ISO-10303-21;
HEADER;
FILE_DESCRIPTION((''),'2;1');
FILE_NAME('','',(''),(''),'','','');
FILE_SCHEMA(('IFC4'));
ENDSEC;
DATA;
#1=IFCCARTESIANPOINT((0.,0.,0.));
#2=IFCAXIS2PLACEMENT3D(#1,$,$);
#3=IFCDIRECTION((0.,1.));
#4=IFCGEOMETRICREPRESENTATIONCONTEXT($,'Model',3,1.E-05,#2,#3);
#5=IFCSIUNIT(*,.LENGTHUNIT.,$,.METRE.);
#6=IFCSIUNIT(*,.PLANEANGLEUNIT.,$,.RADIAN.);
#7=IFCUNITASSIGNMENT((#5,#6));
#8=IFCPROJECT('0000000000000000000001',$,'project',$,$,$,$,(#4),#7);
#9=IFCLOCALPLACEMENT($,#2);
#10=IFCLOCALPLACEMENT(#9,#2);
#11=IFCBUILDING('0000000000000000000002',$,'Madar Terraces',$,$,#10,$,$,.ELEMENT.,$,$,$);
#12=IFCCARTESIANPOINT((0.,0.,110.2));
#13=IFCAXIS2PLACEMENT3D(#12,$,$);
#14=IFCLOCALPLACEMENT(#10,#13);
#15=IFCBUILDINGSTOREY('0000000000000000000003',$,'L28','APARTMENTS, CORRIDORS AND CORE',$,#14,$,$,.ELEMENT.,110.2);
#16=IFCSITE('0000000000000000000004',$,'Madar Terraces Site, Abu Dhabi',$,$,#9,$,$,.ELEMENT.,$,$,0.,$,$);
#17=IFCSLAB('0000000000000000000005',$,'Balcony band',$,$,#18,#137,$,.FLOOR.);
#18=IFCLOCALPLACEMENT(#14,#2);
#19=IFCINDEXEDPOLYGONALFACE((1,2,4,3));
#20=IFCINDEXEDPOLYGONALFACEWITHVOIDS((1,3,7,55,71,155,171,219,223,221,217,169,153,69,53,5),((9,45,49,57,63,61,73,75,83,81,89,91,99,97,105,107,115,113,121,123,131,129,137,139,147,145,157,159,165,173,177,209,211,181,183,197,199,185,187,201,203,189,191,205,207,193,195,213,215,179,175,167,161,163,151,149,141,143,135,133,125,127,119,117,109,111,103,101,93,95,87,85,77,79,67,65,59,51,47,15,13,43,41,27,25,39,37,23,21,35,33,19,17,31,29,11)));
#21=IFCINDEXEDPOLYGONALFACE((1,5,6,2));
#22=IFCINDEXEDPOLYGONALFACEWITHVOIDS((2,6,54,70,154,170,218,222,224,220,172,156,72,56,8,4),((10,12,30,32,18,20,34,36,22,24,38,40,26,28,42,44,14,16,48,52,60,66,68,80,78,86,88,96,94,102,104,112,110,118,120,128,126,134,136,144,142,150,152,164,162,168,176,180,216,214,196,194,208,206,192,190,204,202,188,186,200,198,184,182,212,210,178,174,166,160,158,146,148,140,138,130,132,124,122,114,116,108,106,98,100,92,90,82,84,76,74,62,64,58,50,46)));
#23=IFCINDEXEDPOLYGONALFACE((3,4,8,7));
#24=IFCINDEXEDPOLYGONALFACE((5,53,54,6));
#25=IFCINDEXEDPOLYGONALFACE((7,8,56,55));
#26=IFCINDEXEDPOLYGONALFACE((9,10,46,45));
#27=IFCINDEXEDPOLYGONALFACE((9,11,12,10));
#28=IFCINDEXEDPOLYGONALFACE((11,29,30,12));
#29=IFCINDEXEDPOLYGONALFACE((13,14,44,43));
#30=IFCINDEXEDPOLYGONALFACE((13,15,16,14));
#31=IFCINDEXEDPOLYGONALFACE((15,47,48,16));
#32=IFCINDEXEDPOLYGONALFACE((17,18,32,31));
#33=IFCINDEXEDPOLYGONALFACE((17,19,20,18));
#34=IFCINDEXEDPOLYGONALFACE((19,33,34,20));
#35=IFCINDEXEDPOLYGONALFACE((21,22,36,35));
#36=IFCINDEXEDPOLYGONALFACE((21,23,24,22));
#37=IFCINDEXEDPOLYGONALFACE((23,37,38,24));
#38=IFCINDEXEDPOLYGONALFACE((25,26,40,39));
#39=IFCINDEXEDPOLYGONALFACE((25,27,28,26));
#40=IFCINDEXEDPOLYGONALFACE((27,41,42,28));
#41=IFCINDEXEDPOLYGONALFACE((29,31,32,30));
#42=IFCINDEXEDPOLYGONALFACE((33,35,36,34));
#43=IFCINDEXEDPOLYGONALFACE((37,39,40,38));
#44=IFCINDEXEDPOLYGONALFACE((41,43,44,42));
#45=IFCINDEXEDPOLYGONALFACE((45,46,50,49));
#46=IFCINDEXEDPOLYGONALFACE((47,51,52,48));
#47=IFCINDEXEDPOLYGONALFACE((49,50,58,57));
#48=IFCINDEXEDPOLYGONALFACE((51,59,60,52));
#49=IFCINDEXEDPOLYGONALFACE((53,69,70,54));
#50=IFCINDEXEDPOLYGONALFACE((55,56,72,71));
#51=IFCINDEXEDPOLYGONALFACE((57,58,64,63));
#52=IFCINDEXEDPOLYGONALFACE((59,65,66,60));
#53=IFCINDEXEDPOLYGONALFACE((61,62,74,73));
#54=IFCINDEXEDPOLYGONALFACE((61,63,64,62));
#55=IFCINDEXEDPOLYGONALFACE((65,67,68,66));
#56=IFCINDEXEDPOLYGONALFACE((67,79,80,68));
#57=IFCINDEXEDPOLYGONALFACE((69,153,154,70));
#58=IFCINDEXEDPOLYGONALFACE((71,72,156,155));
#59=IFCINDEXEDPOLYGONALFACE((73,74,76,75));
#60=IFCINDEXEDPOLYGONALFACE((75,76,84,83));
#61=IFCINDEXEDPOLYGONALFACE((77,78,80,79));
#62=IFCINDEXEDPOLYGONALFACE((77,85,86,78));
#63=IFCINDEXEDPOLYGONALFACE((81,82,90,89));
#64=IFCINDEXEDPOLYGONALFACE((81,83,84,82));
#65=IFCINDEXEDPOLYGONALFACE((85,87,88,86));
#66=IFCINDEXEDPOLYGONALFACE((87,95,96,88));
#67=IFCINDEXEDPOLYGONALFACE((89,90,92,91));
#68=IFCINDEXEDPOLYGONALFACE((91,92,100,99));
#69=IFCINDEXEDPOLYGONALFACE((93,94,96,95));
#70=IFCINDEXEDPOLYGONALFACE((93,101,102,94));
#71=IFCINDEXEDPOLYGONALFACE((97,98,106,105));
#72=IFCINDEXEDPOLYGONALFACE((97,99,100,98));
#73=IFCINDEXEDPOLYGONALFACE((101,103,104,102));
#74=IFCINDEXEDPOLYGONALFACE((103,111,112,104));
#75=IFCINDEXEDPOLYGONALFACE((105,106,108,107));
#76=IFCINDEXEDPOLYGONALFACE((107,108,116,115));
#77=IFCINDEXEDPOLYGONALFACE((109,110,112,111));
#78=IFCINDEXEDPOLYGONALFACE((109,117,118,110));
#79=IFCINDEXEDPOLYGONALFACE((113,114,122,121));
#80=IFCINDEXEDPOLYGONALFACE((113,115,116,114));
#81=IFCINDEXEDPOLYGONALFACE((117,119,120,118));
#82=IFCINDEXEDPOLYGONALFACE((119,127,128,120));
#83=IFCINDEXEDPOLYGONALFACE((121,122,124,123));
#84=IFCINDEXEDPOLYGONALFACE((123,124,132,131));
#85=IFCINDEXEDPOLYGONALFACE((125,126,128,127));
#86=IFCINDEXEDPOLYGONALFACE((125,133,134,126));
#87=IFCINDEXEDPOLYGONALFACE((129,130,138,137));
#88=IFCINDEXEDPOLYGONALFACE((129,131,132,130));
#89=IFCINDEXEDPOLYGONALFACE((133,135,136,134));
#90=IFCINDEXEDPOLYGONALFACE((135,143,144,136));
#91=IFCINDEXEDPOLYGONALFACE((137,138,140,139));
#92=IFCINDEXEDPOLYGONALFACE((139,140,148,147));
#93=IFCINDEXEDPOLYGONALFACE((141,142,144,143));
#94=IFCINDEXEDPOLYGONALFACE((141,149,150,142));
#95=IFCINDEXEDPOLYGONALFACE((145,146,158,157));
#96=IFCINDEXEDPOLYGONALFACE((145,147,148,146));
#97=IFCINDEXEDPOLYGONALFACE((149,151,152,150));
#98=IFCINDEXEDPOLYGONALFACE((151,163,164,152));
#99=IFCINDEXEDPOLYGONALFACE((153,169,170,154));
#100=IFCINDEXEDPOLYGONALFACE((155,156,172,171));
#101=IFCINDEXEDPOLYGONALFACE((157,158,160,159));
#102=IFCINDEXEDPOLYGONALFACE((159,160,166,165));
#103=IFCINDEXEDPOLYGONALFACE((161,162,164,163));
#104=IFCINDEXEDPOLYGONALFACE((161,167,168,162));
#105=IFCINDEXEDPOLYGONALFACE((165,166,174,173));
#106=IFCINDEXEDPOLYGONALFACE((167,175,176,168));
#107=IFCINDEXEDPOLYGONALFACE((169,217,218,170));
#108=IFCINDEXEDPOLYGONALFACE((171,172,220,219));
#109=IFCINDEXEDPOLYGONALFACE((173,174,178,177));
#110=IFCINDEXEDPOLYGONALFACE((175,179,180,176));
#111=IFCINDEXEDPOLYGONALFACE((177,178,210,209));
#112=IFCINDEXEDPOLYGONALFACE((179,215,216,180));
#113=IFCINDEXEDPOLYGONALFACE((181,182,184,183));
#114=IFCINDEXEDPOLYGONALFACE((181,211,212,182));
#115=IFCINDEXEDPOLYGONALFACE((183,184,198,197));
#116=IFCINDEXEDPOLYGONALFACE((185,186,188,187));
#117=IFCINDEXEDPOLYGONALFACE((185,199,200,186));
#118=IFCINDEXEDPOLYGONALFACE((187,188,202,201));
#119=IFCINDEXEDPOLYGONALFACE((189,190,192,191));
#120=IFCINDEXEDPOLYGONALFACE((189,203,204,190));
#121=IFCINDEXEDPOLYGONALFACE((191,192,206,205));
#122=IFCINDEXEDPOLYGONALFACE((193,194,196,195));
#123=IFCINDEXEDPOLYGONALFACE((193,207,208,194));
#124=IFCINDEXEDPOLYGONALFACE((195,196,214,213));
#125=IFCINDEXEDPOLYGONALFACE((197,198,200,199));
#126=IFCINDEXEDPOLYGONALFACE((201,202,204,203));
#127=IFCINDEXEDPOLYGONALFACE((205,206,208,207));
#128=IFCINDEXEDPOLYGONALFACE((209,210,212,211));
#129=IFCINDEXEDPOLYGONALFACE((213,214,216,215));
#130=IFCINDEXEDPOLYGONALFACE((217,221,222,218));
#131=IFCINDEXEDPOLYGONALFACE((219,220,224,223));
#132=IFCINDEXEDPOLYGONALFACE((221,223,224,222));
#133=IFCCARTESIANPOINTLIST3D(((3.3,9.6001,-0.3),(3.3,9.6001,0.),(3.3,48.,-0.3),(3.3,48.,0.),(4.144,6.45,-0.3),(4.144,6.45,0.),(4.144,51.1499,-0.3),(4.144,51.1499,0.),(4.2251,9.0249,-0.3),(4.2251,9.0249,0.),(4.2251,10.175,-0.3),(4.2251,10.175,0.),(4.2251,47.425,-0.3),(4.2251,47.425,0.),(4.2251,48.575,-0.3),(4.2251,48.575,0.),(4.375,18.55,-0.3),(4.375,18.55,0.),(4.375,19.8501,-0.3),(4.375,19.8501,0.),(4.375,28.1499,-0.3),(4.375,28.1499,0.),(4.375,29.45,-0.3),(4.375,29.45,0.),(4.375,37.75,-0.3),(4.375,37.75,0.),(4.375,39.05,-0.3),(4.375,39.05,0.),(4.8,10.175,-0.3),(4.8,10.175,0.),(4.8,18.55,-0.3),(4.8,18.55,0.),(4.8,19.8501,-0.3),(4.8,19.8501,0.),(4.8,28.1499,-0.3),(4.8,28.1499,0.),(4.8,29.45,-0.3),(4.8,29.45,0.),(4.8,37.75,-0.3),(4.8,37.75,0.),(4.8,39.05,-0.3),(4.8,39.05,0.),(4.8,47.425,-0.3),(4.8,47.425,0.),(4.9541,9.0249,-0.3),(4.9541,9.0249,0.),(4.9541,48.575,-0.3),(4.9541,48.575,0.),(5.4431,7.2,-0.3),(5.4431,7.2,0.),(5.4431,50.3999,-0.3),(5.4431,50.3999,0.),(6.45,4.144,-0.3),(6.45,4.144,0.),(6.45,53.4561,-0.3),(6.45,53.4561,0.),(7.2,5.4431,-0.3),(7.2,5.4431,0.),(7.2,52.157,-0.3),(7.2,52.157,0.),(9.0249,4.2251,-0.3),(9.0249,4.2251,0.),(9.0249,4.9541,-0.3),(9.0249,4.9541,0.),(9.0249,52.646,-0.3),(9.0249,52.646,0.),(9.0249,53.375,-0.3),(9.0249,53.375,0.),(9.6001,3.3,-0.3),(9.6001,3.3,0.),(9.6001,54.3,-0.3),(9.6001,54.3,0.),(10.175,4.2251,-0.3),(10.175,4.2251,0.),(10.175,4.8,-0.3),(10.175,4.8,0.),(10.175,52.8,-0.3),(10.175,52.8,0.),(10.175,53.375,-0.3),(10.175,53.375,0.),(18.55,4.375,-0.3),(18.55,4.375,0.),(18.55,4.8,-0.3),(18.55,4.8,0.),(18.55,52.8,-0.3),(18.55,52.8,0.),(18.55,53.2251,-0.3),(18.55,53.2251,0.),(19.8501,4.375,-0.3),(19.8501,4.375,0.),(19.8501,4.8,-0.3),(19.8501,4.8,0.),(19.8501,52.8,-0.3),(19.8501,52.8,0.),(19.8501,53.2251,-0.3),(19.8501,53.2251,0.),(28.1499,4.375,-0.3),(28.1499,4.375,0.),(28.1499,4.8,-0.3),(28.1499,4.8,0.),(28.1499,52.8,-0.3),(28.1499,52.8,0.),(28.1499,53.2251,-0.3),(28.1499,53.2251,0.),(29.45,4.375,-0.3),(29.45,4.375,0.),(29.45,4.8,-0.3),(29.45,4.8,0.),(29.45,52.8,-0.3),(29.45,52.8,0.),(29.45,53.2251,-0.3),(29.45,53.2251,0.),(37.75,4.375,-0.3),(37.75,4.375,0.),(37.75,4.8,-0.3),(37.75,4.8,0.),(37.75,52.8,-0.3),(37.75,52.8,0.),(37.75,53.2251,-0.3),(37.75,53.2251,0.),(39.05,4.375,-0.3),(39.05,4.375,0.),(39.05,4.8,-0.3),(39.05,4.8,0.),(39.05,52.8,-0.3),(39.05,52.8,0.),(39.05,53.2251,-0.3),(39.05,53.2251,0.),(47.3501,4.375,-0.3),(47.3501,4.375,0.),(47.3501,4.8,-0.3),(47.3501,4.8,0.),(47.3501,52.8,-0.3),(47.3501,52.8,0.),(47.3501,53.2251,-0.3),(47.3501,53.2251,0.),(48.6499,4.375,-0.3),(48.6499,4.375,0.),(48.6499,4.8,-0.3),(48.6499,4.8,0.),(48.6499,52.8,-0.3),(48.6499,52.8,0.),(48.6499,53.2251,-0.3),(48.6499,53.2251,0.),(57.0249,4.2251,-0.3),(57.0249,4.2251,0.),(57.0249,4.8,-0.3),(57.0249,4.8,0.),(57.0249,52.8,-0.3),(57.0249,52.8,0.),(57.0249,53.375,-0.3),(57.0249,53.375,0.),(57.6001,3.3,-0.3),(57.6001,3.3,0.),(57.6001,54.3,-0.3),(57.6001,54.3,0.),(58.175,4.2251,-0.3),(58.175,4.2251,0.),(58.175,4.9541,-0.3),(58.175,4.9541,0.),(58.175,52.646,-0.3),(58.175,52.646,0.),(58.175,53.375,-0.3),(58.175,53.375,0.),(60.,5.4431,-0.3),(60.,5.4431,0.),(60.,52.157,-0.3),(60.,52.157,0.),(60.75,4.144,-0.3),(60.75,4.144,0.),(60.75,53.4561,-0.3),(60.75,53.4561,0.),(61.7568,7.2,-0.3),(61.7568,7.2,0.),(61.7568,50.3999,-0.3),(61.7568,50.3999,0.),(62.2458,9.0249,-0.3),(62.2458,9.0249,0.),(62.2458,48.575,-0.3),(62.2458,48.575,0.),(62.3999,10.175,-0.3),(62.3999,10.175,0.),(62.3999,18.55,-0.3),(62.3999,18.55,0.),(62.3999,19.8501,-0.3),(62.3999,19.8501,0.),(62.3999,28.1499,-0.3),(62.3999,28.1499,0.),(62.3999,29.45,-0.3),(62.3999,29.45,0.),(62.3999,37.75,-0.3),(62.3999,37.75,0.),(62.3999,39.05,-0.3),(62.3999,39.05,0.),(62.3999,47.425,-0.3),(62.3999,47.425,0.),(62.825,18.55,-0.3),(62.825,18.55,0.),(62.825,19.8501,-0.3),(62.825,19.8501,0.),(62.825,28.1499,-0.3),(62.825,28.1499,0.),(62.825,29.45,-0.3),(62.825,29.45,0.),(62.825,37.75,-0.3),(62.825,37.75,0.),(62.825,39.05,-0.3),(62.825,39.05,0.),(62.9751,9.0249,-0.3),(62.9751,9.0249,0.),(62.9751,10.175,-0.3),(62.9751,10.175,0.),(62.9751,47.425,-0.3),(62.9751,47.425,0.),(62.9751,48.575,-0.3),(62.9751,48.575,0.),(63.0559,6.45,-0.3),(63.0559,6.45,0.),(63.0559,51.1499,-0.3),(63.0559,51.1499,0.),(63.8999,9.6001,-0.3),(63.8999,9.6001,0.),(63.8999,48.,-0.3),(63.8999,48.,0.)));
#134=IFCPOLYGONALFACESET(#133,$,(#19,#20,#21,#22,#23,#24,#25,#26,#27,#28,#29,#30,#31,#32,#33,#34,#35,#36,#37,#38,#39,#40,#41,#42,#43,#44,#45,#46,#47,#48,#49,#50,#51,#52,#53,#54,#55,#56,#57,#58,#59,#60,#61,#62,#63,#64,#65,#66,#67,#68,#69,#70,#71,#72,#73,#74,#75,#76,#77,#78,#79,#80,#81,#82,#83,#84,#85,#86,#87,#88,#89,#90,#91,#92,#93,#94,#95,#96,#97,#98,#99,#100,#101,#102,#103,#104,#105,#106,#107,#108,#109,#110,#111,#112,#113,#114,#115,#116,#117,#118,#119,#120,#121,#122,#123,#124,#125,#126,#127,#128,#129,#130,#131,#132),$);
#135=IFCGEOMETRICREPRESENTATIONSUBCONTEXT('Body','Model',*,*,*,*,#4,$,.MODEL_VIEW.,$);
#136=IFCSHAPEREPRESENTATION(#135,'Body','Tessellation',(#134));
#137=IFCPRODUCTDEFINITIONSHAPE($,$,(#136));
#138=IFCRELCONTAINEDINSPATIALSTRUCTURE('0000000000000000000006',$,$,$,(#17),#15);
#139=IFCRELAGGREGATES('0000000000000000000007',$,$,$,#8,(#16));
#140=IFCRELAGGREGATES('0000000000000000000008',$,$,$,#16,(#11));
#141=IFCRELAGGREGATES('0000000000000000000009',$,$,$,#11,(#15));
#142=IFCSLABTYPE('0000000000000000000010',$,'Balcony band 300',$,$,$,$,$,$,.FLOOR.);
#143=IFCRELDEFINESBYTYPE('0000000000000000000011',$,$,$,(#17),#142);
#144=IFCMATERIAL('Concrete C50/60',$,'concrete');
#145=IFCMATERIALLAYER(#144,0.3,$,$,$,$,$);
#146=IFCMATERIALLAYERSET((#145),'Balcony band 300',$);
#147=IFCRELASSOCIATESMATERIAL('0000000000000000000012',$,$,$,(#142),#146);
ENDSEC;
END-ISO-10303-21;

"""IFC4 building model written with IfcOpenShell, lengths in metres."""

from ifc_helpers import new_model, si_unit, direction, frame, origin, place, context, subcontext, project, spatial, polyline, outline, extrude, material, layer, layer_set, type_object, element, save


model = new_model("IFC4")

# Units and contexts
model_context = context("Model", 3, precision=1e-05, world=origin(), true_north=direction((0.0, 1.0)))
body_context = subcontext(model_context, "Body", "Model", "MODEL_VIEW")
ifc_project = project(units=[si_unit("LENGTHUNIT", "METRE"), si_unit("PLANEANGLEUNIT", "RADIAN")], contexts=[model_context])

# Site, building, storey
site_placement = place(None, origin())
site = spatial("IfcSite", under=ifc_project, at=site_placement, Name="Madar Terraces Site, Abu Dhabi", CompositionType="ELEMENT", RefElevation=0.0)
building_placement = place(site_placement, origin())
building = spatial("IfcBuilding", under=site, at=building_placement, Name="Madar Terraces", CompositionType="ELEMENT")
storey_placement = place(building_placement, frame((0.0, 0.0, 110.2)))
storey = spatial("IfcBuildingStorey", under=building, at=storey_placement, Name="L28", Description="APARTMENTS, CORRIDORS AND CORE", CompositionType="ELEMENT", Elevation=110.2)

# Slab
ifc_material_1 = material(Name="Concrete C50/60", Category="concrete")
ifc_layer_1 = layer(ifc_material_1, 0.3)
ifc_layer_set_1 = layer_set([ifc_layer_1], Name="Balcony band 300")
slab_type_1 = type_object("IfcSlabType", Name="Balcony band 300", PredefinedType="FLOOR", material=ifc_layer_set_1)
slab_1_placement = place(storey_placement, frame((0.0, 0.0, -0.3)))
element("IfcSlab", 1, at=slab_1_placement, inside=storey, type_object=slab_type_1, Name="Balcony band", PredefinedType="FLOOR", context=body_context, shape_type="SweptSolid", body=[
    extrude(outline(polyline([(9.6001, 3.3), (6.45, 4.144), (4.144, 6.45), (3.3, 9.6001), (3.3, 48.0), (4.144, 51.1499), (6.45, 53.4561), (9.6001, 54.3), (57.6001, 54.3), (60.75, 53.4561), (63.0559, 51.1499), (63.8999, 48.0), (63.8999, 9.6001), (63.0559, 6.45), (60.75, 4.144), (57.6001, 3.3), (9.6001, 3.3)]), holes=[polyline([(10.175, 4.2251), (10.175, 4.8), (18.55, 4.8), (18.55, 4.375), (19.8501, 4.375), (19.8501, 4.8), (28.1499, 4.8), (28.1499, 4.375), (29.45, 4.375), (29.45, 4.8), (37.75, 4.8), (37.75, 4.375), (39.05, 4.375), (39.05, 4.8), (47.3501, 4.8), (47.3501, 4.375), (48.6499, 4.375), (48.6499, 4.8), (57.0249, 4.8), (57.0249, 4.2251), (58.175, 4.2251), (58.175, 4.9541), (60.0, 5.4431), (61.7568, 7.2), (62.2458, 9.0249), (62.9751, 9.0249), (62.9751, 10.175), (62.3999, 10.175), (62.3999, 18.55), (62.825, 18.55), (62.825, 19.8501), (62.3999, 19.8501), (62.3999, 28.1499), (62.825, 28.1499), (62.825, 29.45), (62.3999, 29.45), (62.3999, 37.75), (62.825, 37.75), (62.825, 39.05), (62.3999, 39.05), (62.3999, 47.425), (62.9751, 47.425), (62.9751, 48.575), (62.2458, 48.575), (61.7568, 50.3999), (60.0, 52.157), (58.175, 52.646), (58.175, 53.375), (57.0249, 53.375), (57.0249, 52.8), (48.6499, 52.8), (48.6499, 53.2251), (47.3501, 53.2251), (47.3501, 52.8), (39.05, 52.8), (39.05, 53.2251), (37.75, 53.2251), (37.75, 52.8), (29.45, 52.8), (29.45, 53.2251), (28.1499, 53.2251), (28.1499, 52.8), (19.8501, 52.8), (19.8501, 53.2251), (18.55, 53.2251), (18.55, 52.8), (10.175, 52.8), (10.175, 53.375), (9.0249, 53.375), (9.0249, 52.646), (7.2, 52.157), (5.4431, 50.3999), (4.9541, 48.575), (4.2251, 48.575), (4.2251, 47.425), (4.8, 47.425), (4.8, 39.05), (4.375, 39.05), (4.375, 37.75), (4.8, 37.75), (4.8, 29.45), (4.375, 29.45), (4.375, 28.1499), (4.8, 28.1499), (4.8, 19.8501), (4.375, 19.8501), (4.375, 18.55), (4.8, 18.55), (4.8, 10.175), (4.2251, 10.175), (4.2251, 9.0249), (4.9541, 9.0249), (5.4431, 7.2), (7.2, 5.4431), (9.0249, 4.9541), (9.0249, 4.2251), (10.175, 4.2251)])]), origin(), (0.0, 0.0, 1.0), 0.3),
])

save(model, "model.ifc")
